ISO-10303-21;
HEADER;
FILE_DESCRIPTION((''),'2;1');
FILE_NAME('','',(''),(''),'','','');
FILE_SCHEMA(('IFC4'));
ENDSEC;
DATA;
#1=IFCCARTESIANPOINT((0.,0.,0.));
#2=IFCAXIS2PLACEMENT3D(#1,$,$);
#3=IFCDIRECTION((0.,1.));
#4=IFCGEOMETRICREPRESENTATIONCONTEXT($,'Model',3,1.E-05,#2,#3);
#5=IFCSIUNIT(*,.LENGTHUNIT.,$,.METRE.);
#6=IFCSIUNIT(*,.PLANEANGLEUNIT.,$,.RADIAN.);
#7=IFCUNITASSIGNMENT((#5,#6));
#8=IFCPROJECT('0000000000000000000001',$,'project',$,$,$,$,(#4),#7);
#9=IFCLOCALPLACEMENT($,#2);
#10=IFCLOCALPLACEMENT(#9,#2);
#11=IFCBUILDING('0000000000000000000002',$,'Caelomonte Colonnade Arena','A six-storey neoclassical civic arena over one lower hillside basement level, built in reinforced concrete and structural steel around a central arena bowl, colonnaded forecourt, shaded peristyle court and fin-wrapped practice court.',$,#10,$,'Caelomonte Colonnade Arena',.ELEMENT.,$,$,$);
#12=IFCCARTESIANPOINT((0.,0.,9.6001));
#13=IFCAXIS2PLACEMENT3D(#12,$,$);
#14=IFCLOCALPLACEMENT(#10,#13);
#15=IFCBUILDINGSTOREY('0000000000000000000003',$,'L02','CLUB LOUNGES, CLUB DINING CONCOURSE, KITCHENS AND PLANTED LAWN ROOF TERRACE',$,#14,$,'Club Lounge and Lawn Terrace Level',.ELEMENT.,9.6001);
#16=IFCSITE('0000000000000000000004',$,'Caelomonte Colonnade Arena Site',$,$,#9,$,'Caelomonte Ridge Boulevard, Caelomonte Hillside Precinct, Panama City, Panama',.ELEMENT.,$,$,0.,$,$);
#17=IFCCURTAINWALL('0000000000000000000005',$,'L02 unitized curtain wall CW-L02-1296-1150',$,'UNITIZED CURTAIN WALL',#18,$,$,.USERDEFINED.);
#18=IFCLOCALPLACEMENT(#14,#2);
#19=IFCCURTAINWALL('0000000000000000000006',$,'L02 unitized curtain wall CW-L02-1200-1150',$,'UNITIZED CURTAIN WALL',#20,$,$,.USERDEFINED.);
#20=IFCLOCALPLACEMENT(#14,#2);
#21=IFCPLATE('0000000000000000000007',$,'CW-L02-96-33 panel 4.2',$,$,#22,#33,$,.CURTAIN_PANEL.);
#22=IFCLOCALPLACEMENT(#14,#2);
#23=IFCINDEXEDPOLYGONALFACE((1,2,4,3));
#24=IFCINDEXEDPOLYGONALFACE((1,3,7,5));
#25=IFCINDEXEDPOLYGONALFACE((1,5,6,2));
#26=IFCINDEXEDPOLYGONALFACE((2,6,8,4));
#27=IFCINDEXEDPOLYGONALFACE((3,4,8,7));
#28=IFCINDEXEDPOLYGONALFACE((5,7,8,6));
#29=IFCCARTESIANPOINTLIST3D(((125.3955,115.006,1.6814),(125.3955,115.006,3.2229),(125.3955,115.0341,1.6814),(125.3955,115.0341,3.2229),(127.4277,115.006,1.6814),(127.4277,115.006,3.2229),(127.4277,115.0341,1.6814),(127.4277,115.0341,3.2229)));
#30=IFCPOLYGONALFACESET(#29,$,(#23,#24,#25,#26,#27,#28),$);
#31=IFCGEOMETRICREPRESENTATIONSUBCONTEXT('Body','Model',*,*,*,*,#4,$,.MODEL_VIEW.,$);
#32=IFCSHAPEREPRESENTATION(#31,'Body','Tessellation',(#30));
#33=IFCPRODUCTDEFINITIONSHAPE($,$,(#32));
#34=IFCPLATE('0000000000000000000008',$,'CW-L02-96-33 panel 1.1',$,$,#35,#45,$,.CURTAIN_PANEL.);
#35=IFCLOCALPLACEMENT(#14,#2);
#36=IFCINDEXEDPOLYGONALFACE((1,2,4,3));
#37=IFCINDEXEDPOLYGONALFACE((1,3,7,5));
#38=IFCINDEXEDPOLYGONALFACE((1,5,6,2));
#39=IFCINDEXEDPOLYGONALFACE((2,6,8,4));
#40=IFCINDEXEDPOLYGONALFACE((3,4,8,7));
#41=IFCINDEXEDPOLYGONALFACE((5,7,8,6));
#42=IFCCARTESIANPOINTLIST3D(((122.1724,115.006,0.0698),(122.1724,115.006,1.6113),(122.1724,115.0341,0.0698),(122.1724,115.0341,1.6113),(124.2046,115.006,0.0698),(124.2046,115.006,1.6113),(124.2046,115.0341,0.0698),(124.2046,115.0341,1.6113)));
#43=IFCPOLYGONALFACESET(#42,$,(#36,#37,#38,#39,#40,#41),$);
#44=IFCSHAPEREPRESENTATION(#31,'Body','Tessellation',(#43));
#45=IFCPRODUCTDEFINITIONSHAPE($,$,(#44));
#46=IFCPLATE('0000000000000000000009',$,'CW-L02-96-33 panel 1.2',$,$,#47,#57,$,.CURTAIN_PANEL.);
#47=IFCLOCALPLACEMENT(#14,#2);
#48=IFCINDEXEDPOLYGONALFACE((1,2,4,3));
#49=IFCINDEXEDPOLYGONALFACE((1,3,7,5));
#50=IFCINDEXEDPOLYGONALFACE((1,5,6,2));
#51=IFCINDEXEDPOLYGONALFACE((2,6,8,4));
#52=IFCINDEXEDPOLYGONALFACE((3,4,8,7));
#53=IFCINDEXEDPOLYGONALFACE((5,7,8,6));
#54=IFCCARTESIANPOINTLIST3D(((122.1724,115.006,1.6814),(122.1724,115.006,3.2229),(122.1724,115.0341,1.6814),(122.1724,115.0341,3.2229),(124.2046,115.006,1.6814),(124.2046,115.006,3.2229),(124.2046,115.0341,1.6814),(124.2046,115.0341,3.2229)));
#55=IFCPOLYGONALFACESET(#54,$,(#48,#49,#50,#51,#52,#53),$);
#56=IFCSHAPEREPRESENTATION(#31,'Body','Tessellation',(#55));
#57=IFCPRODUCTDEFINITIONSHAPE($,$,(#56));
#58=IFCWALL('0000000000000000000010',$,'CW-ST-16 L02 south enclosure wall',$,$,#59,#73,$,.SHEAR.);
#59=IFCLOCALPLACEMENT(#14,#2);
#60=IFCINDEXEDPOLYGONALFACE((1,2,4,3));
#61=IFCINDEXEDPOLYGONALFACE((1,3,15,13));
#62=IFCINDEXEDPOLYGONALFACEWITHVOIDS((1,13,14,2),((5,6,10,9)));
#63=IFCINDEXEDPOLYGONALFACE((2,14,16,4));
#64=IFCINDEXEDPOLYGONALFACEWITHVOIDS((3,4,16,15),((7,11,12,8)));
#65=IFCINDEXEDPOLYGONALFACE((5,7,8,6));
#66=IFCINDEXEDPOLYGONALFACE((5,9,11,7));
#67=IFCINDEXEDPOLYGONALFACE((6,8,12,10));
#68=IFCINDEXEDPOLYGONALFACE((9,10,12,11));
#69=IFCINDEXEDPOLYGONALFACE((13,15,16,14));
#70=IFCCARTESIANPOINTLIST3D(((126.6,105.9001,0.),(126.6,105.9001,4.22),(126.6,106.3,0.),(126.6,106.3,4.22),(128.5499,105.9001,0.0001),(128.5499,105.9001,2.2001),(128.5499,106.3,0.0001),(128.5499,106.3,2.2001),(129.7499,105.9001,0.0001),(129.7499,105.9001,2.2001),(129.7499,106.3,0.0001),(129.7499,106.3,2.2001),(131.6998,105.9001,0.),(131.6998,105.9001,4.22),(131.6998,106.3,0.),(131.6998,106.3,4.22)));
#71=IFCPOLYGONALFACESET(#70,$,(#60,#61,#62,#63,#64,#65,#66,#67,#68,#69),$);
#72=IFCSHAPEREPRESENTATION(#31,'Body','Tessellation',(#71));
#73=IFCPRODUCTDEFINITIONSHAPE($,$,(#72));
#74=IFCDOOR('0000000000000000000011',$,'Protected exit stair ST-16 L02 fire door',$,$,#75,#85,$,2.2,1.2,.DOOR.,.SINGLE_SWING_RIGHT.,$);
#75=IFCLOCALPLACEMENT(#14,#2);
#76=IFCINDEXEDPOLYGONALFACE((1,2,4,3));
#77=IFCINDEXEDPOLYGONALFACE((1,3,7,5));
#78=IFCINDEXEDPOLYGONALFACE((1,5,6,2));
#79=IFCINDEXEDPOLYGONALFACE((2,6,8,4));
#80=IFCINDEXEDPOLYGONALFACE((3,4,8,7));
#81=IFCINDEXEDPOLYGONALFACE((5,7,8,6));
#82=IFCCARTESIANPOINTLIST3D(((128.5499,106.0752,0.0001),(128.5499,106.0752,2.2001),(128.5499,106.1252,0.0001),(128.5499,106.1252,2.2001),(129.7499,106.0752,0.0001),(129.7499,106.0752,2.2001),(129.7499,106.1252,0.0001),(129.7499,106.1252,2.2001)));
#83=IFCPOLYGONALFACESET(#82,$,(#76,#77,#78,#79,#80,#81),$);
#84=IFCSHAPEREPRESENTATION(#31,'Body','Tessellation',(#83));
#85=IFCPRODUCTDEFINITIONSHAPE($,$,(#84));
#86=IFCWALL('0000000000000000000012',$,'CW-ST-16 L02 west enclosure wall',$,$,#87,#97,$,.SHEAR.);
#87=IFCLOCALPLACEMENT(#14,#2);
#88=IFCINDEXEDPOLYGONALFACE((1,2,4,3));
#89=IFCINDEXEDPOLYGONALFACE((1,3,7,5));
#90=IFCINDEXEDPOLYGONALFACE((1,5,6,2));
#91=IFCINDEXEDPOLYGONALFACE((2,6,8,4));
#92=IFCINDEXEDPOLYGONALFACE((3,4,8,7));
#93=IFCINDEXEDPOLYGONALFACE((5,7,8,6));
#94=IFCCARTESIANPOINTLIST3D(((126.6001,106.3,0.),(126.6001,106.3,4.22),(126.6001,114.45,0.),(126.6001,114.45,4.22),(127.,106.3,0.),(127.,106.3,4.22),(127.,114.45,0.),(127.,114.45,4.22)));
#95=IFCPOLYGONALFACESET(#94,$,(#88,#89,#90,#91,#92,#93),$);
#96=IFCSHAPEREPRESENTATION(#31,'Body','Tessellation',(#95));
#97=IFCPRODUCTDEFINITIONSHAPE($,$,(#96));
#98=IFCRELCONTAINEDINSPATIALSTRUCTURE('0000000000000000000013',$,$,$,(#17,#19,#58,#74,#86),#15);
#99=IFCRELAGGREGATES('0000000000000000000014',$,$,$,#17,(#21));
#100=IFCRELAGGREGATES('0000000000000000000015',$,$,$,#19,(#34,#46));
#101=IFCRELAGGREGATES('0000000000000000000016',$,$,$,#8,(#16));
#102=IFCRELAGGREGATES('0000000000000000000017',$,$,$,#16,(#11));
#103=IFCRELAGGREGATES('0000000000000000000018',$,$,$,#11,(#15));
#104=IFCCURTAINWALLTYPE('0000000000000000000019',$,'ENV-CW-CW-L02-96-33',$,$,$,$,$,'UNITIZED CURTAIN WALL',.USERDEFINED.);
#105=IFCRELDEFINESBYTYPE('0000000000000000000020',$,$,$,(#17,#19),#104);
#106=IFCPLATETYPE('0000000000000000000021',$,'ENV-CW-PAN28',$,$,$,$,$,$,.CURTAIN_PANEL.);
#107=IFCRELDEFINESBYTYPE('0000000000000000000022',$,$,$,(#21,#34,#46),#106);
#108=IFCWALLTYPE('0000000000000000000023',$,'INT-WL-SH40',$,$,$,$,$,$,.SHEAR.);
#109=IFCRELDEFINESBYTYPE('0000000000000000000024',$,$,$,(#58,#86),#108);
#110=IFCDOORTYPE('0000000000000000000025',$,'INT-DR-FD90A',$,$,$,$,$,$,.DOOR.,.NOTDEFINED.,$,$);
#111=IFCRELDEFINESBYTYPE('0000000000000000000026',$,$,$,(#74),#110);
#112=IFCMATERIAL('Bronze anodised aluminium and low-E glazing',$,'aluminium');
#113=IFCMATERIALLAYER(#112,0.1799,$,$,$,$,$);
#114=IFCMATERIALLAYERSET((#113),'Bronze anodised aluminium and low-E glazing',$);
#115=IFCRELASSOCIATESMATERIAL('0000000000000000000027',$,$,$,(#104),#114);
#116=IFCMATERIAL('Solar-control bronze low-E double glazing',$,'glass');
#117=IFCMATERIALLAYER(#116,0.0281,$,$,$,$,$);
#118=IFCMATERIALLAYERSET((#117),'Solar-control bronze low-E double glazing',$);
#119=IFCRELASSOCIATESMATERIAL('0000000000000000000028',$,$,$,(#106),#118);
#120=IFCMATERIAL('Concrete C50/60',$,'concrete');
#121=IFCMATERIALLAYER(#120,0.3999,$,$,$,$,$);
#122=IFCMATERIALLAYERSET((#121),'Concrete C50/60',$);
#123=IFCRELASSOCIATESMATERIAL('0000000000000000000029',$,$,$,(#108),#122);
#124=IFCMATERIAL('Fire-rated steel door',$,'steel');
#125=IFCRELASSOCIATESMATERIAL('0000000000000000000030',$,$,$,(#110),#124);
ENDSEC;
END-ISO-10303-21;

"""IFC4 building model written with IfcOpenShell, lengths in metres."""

from ifc_helpers import new_model, si_unit, direction, frame, frame_2d, origin, origin_2d, place, context, subcontext, project, spatial, rectangle, extrude, material, layer, layer_set, type_object, element, fill, aggregate, save


model = new_model("IFC4")

# Units and contexts
model_context = context("Model", 3, precision=1e-05, world=origin(), true_north=direction((0.0, 1.0)))
body_context = subcontext(model_context, "Body", "Model", "MODEL_VIEW")
ifc_project = project(units=[si_unit("LENGTHUNIT", "METRE"), si_unit("PLANEANGLEUNIT", "RADIAN")], contexts=[model_context])

# Site, building, storey
site_placement = place(None, origin())
site = spatial("IfcSite", under=ifc_project, at=site_placement, Name="Caelomonte Colonnade Arena Site", LongName="Caelomonte Ridge Boulevard, Caelomonte Hillside Precinct, Panama City, Panama", CompositionType="ELEMENT", RefElevation=0.0)
building_placement = place(site_placement, origin())
building = spatial("IfcBuilding", under=site, at=building_placement, Name="Caelomonte Colonnade Arena", Description="A six-storey neoclassical civic arena over one lower hillside basement level, built in reinforced concrete and structural steel around a central arena bowl, colonnaded forecourt, shaded peristyle court and fin-wrapped practice court.", LongName="Caelomonte Colonnade Arena", CompositionType="ELEMENT")
storey_placement = place(building_placement, frame((0.0, 0.0, 9.6001)))
storey = spatial("IfcBuildingStorey", under=building, at=storey_placement, Name="L02", Description="CLUB LOUNGES, CLUB DINING CONCOURSE, KITCHENS AND PLANTED LAWN ROOF TERRACE", LongName="Club Lounge and Lawn Terrace Level", CompositionType="ELEMENT", Elevation=9.6001)

# Shared definitions
ifc_material_1 = material(Name="Concrete C50/60", Category="concrete")

# Curtain wall
ifc_material_2 = material(Name="Bronze anodised aluminium and low-E glazing", Category="aluminium")
ifc_layer_1 = layer(ifc_material_2, 0.1799)
ifc_layer_set_1 = layer_set([ifc_layer_1], Name="Bronze anodised aluminium and low-E glazing")
curtain_wall_type = type_object("IfcCurtainWallType", Name="ENV-CW-CW-L02-96-33", ElementType="UNITIZED CURTAIN WALL", PredefinedType="USERDEFINED", material=ifc_layer_set_1)
curtain_wall_1_placement = place(storey_placement, origin())
curtain_wall_1 = element("IfcCurtainWall", 1, at=curtain_wall_1_placement, inside=storey, type_object=curtain_wall_type, Name="L02 unitized curtain wall CW-L02-1296-1150", ObjectType="UNITIZED CURTAIN WALL", PredefinedType="USERDEFINED")

# Curtain wall
curtain_wall_2_placement = place(storey_placement, origin())
curtain_wall_2 = element("IfcCurtainWall", 2, at=curtain_wall_2_placement, inside=storey, type_object=curtain_wall_type, Name="L02 unitized curtain wall CW-L02-1200-1150", ObjectType="UNITIZED CURTAIN WALL", PredefinedType="USERDEFINED")

# Plates
ifc_material_3 = material(Name="Solar-control bronze low-E double glazing", Category="glass")
ifc_layer_2 = layer(ifc_material_3, 0.0281)
ifc_layer_set_2 = layer_set([ifc_layer_2], Name="Solar-control bronze low-E double glazing")
plate_type = type_object("IfcPlateType", Name="ENV-CW-PAN28", PredefinedType="CURTAIN_PANEL", material=ifc_layer_set_2)
plate_1_placement = place(storey_placement, frame((126.4116, 115.02, 1.6814), z_axis=(0.0, 0.0, 1.0), x_axis=(-1.0, 0.0, 0.0)))
plate_1 = element("IfcPlate", 3, at=plate_1_placement, type_object=plate_type, Name="CW-L02-96-33 panel 4.2", PredefinedType="CURTAIN_PANEL", context=body_context, shape_type="SweptSolid", body=[
    extrude(rectangle(XDim=2.0322, YDim=0.0281, at=origin_2d()), origin(), (0.0, 0.0, 1.0), 1.5415),
])
aggregate(curtain_wall_1, [plate_1])
plate_2_placement = place(storey_placement, frame((123.1885, 115.02, 0.0698), z_axis=(0.0, 0.0, 1.0), x_axis=(-1.0, 0.0, 0.0)))
plate_2 = element("IfcPlate", 4, at=plate_2_placement, type_object=plate_type, Name="CW-L02-96-33 panel 1.1", PredefinedType="CURTAIN_PANEL", context=body_context, shape_type="SweptSolid", body=[
    extrude(rectangle(XDim=2.0322, YDim=0.0281, at=origin_2d()), origin(), (0.0, 0.0, 1.0), 1.5415),
])
plate_3_placement = place(storey_placement, frame((123.1885, 115.02, 1.6814), z_axis=(0.0, 0.0, 1.0), x_axis=(-1.0, 0.0, 0.0)))
plate_3 = element("IfcPlate", 5, at=plate_3_placement, type_object=plate_type, Name="CW-L02-96-33 panel 1.2", PredefinedType="CURTAIN_PANEL", context=body_context, shape_type="SweptSolid", body=[
    extrude(rectangle(XDim=2.0322, YDim=0.0281, at=origin_2d()), origin(), (0.0, 0.0, 1.0), 1.5415),
])
aggregate(curtain_wall_2, [plate_2, plate_3])

# Wall, opening, door
ifc_layer_3 = layer(ifc_material_1, 0.3999)
ifc_layer_set_3 = layer_set([ifc_layer_3], Name="Concrete C50/60")
wall_type = type_object("IfcWallType", Name="INT-WL-SH40", PredefinedType="SHEAR", material=ifc_layer_set_3)
wall_1_placement = place(storey_placement, frame((126.6001, 106.1001, 0.0), z_axis=(0.0, 0.0, 1.0), x_axis=(1.0, 0.0, 0.0)))
wall_1 = element("IfcWall", 6, at=wall_1_placement, inside=storey, type_object=wall_type, Name="CW-ST-16 L02 south enclosure wall", PredefinedType="SHEAR", context=body_context, shape_type="SweptSolid", body=[
    extrude(rectangle(XDim=5.0999, YDim=0.3999, at=frame_2d((2.5498, 0.0))), origin(), (0.0, 0.0, 1.0), 4.22),
])
opening_placement = place(wall_1_placement, frame((3.1499, 0.0, 0.0), z_axis=(0.0, 0.0, 1.0), x_axis=(-1.0, 0.0, 0.0)))
opening = element("IfcOpeningElement", 7, at=opening_placement, cuts=wall_1, PredefinedType="OPENING", context=body_context, shape_type="SweptSolid", body=[
    extrude(rectangle(XDim=1.2, YDim=2.2, at=frame_2d((0.6001, 1.1001))), frame((0.0, 0.21, 0.0), z_axis=(0.0, -1.0, 0.0), x_axis=(1.0, 0.0, 0.0)), (0.0, 0.0, 1.0), 0.4199),
])
ifc_material_4 = material(Name="Fire-rated steel door", Category="steel")
door_type = type_object("IfcDoorType", Name="INT-DR-FD90A", OperationType="NOTDEFINED", PredefinedType="DOOR", material=ifc_material_4)
door_placement = place(opening_placement, origin())
door = element("IfcDoor", 8, at=door_placement, inside=storey, type_object=door_type, Name="Protected exit stair ST-16 L02 fire door", OperationType="SINGLE_SWING_RIGHT", OverallHeight=2.2, OverallWidth=1.2, PredefinedType="DOOR", context=body_context, shape_type="SweptSolid", body=[
    extrude(rectangle(XDim=1.2, YDim=2.2, at=frame_2d((0.6001, 1.1001))), frame((0.0, 0.0249, 0.0), z_axis=(0.0, -1.0, 0.0), x_axis=(1.0, 0.0, 0.0)), (0.0, 0.0, 1.0), 0.05),
])
fill(opening, door)

# Wall
wall_2_placement = place(storey_placement, frame((126.8, 114.45, 0.0), z_axis=(0.0, 0.0, 1.0), x_axis=(0.0, -1.0, 0.0)))
element("IfcWall", 9, at=wall_2_placement, inside=storey, type_object=wall_type, Name="CW-ST-16 L02 west enclosure wall", PredefinedType="SHEAR", context=body_context, shape_type="SweptSolid", body=[
    extrude(rectangle(XDim=8.1499, YDim=0.3999, at=frame_2d((4.075, 0.0))), origin(), (0.0, 0.0, 1.0), 4.22),
])

save(model, "model.ifc")
